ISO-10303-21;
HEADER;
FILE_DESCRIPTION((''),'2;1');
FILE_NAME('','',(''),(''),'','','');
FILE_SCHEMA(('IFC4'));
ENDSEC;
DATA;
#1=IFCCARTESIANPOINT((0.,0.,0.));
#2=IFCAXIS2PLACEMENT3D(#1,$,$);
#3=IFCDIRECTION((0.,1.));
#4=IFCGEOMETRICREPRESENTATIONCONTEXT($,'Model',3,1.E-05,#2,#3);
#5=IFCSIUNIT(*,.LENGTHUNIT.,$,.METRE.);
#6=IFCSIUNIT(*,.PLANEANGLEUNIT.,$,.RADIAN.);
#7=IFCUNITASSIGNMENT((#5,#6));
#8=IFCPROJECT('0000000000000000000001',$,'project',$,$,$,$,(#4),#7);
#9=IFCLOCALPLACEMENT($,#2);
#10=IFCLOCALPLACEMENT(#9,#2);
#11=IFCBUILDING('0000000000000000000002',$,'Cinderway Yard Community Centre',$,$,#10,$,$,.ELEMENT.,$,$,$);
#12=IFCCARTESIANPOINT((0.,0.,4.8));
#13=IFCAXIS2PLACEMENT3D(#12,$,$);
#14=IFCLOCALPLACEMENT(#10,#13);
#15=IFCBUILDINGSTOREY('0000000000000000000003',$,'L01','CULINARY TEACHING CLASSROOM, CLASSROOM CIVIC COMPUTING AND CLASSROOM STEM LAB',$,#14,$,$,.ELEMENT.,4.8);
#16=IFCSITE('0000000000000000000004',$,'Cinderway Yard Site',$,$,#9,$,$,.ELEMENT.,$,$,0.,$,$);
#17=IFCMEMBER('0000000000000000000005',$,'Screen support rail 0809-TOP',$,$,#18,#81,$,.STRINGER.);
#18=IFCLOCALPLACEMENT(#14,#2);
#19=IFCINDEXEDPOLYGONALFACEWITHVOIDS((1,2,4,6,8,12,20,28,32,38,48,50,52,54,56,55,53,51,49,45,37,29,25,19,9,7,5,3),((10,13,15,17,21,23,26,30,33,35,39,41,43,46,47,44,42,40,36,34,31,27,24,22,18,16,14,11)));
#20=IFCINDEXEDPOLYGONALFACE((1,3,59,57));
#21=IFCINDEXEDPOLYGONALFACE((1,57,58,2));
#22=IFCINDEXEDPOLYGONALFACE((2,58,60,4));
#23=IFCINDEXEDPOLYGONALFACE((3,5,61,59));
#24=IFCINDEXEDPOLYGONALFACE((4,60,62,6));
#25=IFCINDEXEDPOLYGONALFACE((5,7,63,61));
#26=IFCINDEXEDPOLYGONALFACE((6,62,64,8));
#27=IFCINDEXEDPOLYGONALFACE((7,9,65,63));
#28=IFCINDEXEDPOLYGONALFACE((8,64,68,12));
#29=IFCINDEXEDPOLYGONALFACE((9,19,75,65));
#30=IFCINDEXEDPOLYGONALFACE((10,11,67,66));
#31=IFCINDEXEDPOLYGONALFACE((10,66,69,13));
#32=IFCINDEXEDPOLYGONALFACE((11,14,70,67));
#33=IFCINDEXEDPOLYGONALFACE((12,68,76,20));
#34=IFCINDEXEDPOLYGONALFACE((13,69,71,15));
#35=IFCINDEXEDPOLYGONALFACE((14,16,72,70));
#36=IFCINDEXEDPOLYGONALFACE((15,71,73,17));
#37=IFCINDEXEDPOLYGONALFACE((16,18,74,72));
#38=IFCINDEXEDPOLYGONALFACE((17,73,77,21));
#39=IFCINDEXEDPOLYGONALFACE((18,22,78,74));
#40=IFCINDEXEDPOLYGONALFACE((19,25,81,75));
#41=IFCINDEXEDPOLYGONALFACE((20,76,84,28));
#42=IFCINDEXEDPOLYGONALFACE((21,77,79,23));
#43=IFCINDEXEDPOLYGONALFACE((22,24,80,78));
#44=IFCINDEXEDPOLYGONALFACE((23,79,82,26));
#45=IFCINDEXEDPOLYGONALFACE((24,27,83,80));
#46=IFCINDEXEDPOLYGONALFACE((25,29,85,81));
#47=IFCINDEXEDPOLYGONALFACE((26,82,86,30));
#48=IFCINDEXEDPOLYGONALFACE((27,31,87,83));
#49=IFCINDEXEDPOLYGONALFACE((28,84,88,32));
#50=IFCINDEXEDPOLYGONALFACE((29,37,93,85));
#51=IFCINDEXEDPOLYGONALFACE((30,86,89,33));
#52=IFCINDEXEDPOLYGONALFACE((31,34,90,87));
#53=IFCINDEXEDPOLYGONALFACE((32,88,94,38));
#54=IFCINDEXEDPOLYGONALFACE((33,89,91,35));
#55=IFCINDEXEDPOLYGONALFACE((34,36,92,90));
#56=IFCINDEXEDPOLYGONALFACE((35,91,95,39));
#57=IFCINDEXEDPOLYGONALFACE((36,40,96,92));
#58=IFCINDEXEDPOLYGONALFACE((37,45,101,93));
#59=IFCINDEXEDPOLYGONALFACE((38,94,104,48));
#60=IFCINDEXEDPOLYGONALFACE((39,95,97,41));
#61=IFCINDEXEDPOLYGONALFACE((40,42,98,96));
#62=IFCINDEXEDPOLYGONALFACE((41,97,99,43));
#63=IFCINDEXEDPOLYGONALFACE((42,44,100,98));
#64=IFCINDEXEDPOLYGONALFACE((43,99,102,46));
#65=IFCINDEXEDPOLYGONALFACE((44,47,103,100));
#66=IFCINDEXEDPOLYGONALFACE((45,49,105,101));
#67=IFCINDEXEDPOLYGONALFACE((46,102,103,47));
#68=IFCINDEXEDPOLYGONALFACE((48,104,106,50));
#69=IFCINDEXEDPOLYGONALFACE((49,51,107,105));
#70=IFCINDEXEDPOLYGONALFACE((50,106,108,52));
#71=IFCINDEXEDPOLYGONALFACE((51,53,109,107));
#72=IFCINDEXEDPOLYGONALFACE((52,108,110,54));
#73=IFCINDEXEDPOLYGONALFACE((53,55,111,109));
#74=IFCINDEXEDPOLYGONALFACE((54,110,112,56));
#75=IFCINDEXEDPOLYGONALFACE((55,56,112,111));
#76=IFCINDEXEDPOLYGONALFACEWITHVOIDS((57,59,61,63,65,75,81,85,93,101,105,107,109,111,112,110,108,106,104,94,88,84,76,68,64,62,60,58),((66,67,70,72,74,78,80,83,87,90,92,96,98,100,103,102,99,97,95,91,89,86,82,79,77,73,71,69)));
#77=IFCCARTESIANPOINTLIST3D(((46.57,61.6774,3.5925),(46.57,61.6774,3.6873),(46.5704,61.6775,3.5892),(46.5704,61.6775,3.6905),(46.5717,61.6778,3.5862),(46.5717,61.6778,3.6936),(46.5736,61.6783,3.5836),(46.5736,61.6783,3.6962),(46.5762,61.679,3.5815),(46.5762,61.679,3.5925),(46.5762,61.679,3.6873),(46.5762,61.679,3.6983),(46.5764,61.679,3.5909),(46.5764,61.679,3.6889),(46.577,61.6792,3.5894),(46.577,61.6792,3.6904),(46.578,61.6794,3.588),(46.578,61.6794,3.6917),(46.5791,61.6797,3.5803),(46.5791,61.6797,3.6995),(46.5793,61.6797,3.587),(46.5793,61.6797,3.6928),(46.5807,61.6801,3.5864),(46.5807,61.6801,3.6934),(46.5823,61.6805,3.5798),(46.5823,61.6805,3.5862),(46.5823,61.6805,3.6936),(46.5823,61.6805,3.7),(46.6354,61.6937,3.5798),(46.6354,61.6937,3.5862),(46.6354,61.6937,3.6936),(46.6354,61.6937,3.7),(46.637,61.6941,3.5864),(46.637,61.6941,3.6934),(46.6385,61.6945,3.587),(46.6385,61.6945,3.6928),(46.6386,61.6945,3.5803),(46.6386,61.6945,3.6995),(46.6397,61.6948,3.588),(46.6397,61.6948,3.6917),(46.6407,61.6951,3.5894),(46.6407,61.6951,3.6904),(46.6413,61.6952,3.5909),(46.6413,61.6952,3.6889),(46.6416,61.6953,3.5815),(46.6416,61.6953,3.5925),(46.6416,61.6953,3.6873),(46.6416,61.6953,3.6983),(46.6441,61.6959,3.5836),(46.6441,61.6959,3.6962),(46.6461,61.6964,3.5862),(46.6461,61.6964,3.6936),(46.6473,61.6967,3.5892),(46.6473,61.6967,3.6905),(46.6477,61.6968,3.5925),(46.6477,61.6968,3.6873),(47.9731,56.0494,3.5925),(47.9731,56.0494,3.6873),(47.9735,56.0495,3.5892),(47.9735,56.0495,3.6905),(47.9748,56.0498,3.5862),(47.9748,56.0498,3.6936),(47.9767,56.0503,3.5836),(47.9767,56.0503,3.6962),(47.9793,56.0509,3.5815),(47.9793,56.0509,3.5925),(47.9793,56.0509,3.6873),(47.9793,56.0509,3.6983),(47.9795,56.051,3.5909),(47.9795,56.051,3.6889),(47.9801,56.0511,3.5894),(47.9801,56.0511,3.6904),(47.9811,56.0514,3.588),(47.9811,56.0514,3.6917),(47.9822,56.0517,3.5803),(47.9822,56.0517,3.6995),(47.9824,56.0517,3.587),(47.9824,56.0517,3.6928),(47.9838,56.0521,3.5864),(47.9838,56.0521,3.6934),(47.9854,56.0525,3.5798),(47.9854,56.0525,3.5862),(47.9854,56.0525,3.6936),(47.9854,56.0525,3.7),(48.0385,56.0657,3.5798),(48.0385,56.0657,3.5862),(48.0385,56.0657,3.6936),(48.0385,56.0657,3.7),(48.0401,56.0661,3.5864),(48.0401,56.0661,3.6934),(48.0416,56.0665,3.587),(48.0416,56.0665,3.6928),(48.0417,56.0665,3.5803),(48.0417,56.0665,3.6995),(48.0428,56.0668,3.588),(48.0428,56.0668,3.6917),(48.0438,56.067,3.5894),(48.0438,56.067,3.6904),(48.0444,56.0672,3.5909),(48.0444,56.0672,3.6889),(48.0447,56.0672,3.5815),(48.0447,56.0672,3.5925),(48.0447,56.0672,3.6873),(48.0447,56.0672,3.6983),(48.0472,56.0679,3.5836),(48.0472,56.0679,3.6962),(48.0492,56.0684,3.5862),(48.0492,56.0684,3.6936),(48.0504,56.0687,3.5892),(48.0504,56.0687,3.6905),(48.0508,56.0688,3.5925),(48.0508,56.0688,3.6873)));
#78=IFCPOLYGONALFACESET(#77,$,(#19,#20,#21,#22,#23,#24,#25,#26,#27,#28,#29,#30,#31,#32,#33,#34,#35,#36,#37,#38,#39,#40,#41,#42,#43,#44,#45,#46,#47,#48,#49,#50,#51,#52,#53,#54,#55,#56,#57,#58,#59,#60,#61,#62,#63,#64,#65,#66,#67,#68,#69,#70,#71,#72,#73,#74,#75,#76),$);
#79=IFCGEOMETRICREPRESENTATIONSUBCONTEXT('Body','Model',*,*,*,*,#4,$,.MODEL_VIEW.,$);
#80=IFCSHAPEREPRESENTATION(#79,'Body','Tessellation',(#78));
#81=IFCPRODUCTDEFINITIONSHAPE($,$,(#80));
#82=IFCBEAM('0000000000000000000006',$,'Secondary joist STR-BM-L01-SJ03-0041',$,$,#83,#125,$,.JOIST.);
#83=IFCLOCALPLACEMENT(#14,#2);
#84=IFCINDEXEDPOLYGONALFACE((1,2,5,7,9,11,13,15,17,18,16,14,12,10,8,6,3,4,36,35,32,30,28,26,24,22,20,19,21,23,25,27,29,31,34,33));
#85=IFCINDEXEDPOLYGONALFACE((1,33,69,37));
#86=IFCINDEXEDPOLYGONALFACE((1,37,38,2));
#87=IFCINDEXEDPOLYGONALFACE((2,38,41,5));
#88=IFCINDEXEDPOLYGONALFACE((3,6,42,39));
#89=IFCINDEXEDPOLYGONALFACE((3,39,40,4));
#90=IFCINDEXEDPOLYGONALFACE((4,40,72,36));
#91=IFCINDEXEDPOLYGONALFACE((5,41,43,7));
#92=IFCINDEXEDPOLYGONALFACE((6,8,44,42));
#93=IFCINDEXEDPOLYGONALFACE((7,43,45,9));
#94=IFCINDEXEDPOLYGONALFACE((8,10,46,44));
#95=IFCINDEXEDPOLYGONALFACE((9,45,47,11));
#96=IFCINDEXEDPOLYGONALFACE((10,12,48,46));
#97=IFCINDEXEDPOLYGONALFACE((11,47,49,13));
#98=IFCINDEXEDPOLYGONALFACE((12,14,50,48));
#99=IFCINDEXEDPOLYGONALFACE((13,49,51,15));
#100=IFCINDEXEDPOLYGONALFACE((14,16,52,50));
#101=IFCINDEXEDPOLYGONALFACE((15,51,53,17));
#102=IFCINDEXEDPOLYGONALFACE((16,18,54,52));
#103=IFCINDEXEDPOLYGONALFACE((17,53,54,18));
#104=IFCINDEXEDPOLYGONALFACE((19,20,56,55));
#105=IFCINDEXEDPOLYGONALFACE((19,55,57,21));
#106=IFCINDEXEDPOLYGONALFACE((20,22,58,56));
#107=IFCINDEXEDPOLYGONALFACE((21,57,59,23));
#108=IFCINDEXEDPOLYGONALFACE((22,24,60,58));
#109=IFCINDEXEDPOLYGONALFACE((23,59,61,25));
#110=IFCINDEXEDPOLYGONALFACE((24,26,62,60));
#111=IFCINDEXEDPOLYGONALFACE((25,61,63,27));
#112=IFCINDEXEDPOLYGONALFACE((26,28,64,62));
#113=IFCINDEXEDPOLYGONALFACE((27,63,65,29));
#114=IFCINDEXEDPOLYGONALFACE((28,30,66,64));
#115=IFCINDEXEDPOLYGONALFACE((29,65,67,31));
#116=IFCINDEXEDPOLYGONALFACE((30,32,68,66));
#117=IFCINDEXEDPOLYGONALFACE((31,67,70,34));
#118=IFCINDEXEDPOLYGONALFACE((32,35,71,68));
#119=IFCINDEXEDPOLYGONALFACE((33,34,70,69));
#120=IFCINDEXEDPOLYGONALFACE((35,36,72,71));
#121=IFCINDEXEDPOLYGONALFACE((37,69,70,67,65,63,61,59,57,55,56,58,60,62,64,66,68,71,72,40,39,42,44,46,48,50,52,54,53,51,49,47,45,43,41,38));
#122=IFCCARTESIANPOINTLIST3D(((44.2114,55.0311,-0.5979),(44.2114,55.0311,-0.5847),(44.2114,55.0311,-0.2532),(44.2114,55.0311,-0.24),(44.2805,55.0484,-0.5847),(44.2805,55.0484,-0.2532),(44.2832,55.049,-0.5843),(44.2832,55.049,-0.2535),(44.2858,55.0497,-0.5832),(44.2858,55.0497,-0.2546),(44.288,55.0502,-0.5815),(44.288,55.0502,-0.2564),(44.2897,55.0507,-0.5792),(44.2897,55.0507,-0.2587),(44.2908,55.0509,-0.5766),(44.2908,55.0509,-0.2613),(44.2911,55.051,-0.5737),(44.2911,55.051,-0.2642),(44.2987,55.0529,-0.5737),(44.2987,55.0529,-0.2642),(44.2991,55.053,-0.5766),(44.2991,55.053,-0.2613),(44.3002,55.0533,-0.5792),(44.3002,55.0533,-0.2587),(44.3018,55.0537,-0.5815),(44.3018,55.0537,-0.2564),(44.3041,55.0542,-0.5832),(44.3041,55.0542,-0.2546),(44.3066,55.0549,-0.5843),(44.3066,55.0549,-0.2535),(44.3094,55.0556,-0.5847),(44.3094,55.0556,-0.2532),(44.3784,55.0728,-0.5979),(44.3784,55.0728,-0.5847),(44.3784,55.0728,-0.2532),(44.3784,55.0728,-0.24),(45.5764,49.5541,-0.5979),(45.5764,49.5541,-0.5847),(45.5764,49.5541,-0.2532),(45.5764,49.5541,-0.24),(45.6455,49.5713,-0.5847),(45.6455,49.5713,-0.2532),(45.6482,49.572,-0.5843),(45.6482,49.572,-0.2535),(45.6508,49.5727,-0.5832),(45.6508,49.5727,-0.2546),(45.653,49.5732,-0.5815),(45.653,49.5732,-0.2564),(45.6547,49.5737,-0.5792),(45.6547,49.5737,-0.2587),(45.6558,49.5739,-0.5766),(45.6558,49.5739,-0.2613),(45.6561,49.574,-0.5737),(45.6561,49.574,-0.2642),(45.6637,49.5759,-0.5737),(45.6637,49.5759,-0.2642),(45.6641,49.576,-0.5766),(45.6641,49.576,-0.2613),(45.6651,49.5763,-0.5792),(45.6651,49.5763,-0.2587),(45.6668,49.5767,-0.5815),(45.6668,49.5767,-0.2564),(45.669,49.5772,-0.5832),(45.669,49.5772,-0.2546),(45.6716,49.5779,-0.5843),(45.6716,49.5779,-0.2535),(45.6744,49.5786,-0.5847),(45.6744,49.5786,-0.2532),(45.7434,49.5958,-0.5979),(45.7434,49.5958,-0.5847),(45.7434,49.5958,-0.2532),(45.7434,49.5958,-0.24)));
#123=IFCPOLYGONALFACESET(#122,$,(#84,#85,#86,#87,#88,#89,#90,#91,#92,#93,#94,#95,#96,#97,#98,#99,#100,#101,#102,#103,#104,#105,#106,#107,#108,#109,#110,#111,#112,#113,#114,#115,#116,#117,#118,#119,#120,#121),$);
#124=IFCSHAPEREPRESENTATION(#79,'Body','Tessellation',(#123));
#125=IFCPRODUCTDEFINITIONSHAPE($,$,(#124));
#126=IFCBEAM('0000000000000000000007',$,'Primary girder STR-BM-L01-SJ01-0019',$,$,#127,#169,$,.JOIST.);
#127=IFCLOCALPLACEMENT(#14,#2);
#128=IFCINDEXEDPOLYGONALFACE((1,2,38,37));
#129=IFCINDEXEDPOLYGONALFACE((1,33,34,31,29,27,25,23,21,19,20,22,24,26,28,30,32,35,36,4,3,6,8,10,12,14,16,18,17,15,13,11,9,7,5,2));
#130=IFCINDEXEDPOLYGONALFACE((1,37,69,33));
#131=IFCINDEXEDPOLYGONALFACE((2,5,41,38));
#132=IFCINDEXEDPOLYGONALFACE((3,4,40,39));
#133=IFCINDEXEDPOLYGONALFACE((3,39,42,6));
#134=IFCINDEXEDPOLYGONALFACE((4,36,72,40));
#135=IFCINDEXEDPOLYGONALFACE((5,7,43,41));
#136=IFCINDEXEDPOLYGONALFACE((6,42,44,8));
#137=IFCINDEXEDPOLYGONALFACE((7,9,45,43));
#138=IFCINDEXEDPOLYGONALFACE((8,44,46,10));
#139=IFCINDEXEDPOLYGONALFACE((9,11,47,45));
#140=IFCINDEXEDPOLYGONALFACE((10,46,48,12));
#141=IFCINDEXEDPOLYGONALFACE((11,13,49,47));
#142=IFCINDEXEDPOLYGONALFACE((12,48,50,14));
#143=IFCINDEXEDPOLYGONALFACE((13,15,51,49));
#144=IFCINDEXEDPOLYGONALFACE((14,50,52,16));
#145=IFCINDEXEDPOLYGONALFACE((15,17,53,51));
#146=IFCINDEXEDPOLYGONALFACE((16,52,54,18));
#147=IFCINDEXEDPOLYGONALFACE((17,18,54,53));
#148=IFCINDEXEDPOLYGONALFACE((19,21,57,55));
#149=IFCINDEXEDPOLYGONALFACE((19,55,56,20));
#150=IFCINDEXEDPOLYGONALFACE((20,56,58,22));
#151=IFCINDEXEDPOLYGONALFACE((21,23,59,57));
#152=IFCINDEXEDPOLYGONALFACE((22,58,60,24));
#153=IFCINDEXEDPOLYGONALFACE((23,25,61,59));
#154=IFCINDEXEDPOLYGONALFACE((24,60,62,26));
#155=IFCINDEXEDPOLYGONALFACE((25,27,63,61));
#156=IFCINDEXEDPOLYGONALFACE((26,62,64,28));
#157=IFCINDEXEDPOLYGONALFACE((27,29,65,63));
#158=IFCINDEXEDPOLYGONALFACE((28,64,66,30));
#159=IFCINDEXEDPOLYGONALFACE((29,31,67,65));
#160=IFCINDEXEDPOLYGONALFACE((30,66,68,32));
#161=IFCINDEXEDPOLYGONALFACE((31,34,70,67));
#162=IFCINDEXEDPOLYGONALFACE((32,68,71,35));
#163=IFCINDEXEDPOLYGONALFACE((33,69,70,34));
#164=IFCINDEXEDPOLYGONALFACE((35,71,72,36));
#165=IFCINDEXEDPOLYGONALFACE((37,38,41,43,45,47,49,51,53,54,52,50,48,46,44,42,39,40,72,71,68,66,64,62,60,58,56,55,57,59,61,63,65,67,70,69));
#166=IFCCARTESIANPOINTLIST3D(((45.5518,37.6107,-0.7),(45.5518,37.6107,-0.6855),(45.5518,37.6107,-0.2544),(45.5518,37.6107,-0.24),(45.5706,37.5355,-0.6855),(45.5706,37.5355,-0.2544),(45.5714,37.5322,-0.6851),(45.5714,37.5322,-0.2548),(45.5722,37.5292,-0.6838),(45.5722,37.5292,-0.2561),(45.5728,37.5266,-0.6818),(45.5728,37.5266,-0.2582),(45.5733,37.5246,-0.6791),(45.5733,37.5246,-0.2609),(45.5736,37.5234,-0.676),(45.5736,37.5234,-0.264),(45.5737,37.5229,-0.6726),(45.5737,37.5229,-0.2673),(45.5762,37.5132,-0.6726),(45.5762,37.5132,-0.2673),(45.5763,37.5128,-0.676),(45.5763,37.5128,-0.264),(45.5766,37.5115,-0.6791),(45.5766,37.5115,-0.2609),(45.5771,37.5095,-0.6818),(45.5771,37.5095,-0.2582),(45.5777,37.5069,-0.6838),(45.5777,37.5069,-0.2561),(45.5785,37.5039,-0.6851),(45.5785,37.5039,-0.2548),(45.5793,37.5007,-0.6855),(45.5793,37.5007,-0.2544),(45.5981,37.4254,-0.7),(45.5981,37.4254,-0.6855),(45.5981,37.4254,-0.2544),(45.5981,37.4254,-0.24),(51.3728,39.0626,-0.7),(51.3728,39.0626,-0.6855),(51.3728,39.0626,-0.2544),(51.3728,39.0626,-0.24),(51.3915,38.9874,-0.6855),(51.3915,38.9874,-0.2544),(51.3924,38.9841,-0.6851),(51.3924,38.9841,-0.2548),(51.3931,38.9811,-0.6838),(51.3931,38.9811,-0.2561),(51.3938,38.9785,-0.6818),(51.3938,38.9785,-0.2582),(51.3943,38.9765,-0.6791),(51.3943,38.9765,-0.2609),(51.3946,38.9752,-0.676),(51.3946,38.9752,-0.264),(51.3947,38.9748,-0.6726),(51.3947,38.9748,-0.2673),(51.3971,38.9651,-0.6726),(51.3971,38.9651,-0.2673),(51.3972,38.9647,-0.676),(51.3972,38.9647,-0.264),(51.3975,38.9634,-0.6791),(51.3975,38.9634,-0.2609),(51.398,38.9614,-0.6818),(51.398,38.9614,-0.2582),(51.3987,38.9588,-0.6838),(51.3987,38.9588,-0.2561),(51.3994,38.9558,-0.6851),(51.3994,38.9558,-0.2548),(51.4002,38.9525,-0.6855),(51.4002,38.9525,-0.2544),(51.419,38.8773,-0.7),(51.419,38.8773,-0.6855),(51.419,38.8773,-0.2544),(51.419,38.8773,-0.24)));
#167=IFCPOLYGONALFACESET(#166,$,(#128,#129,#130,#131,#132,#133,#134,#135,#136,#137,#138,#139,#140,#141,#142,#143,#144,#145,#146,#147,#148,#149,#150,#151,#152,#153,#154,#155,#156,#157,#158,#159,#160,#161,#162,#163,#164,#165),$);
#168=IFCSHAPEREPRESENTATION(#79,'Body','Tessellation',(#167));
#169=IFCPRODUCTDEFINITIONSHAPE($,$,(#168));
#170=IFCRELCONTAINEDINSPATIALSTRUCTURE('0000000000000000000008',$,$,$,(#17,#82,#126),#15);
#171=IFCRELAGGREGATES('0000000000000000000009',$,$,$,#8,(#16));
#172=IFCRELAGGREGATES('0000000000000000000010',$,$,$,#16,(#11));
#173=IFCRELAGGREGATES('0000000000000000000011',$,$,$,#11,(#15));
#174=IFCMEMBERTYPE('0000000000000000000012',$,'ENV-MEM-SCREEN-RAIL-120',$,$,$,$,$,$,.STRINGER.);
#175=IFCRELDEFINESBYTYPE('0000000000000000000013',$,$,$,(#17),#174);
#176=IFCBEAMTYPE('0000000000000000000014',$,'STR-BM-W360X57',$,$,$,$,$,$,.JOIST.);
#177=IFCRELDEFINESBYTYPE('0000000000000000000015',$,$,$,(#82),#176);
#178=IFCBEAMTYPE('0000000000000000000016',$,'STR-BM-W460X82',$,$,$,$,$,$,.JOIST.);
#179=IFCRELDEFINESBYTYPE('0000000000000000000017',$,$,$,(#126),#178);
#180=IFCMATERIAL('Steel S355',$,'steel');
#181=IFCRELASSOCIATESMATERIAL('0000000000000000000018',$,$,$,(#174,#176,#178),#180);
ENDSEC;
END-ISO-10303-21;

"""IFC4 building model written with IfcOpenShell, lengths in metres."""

from ifc_helpers import new_model, si_unit, direction, frame, origin, origin_2d, place, context, subcontext, project, spatial, hollow_rectangle, i_section, extrude, material, material_profile, profile_set, type_object, element, save


model = new_model("IFC4")

# Units and contexts
model_context = context("Model", 3, precision=1e-05, world=origin(), true_north=direction((0.0, 1.0)))
body_context = subcontext(model_context, "Body", "Model", "MODEL_VIEW")
ifc_project = project(units=[si_unit("LENGTHUNIT", "METRE"), si_unit("PLANEANGLEUNIT", "RADIAN")], contexts=[model_context])

# Site, building, storey
site_placement = place(None, origin())
site = spatial("IfcSite", under=ifc_project, at=site_placement, Name="Cinderway Yard Site", CompositionType="ELEMENT", RefElevation=0.0)
building_placement = place(site_placement, origin())
building = spatial("IfcBuilding", under=site, at=building_placement, Name="Cinderway Yard Community Centre", CompositionType="ELEMENT")
storey_placement = place(building_placement, frame((0.0, 0.0, 4.8)))
storey = spatial("IfcBuildingStorey", under=building, at=storey_placement, Name="L01", Description="CULINARY TEACHING CLASSROOM, CLASSROOM CIVIC COMPUTING AND CLASSROOM STEM LAB", CompositionType="ELEMENT", Elevation=4.8)

# Member
ifc_material_1 = material(Name="Steel S355", Category="steel")
ifc_material_profile_1 = material_profile(ifc_material_1, hollow_rectangle(XDim=0.0801, YDim=0.1201, WallThickness=0.0063, InnerFilletRadius=0.0063, OuterFilletRadius=0.0127, at=origin_2d()), Name="Steel S355")
ifc_profile_set_1 = profile_set([ifc_material_profile_1], Name="Steel S355")
member_type_1 = type_object("IfcMemberType", Name="ENV-MEM-SCREEN-RAIL-120", PredefinedType="STRINGER", material=ifc_profile_set_1)
for number, where, z_axis, x_axis, name in (
    (1, (48.012, 56.0591, 3.6399), (-0.241902, 0.970301, 0.0), (-0.970301, -0.241902, 0.0), "Screen support rail 0809-TOP"),
):
    element("IfcMember", number, at=place(storey_placement, frame(where, z_axis=z_axis, x_axis=x_axis)), inside=storey, type_object=member_type_1, Name=name, PredefinedType="STRINGER", context=body_context, shape_type="SweptSolid", body=[
        extrude(hollow_rectangle(XDim=0.0801, YDim=0.1201, WallThickness=0.0063, InnerFilletRadius=0.0063, OuterFilletRadius=0.0127, at=origin_2d()), origin(), (0.0, 0.0, 1.0), 5.8003),
    ])

# Beams
ifc_material_profile_2 = material_profile(ifc_material_1, i_section(OverallWidth=0.1721, OverallDepth=0.3579, WebThickness=0.0078, FlangeThickness=0.0132, FilletRadius=0.011, at=origin_2d()), Name="Steel S355")
ifc_profile_set_2 = profile_set([ifc_material_profile_2], Name="Steel S355")
beam_type_1 = type_object("IfcBeamType", Name="STR-BM-W360X57", PredefinedType="JOIST", material=ifc_profile_set_2)
beam_1_placement = place(storey_placement, frame((45.6599, 49.575, -0.4189), z_axis=(-0.241823, 0.97032, 0.0), x_axis=(-0.97032, -0.241823, 0.0)))
element("IfcBeam", 2, at=beam_1_placement, inside=storey, type_object=beam_type_1, Name="Secondary joist STR-BM-L01-SJ03-0041", PredefinedType="JOIST", context=body_context, shape_type="SweptSolid", body=[
    extrude(i_section(OverallWidth=0.1721, OverallDepth=0.3579, WebThickness=0.0078, FlangeThickness=0.0132, FilletRadius=0.011, at=origin_2d()), origin(), (0.0, 0.0, 1.0), 5.6445),
])
ifc_material_profile_3 = material_profile(ifc_material_1, i_section(OverallWidth=0.1909, OverallDepth=0.46, WebThickness=0.01, FlangeThickness=0.0144, FilletRadius=0.0129, at=origin_2d()), Name="Steel S355")
ifc_profile_set_3 = profile_set([ifc_material_profile_3], Name="Steel S355")
beam_type_2 = type_object("IfcBeamType", Name="STR-BM-W460X82", PredefinedType="JOIST", material=ifc_profile_set_3)
beam_2_placement = place(storey_placement, frame((45.575, 37.5181, -0.47), z_axis=(0.970274, 0.242009, 0.0), x_axis=(-0.242009, 0.970274, 0.0)))
element("IfcBeam", 3, at=beam_2_placement, inside=storey, type_object=beam_type_2, Name="Primary girder STR-BM-L01-SJ01-0019", PredefinedType="JOIST", context=body_context, shape_type="SweptSolid", body=[
    extrude(i_section(OverallWidth=0.1909, OverallDepth=0.46, WebThickness=0.01, FlangeThickness=0.0144, FilletRadius=0.0129, at=origin_2d()), origin(), (0.0, 0.0, 1.0), 5.9993),
])

save(model, "model.ifc")
